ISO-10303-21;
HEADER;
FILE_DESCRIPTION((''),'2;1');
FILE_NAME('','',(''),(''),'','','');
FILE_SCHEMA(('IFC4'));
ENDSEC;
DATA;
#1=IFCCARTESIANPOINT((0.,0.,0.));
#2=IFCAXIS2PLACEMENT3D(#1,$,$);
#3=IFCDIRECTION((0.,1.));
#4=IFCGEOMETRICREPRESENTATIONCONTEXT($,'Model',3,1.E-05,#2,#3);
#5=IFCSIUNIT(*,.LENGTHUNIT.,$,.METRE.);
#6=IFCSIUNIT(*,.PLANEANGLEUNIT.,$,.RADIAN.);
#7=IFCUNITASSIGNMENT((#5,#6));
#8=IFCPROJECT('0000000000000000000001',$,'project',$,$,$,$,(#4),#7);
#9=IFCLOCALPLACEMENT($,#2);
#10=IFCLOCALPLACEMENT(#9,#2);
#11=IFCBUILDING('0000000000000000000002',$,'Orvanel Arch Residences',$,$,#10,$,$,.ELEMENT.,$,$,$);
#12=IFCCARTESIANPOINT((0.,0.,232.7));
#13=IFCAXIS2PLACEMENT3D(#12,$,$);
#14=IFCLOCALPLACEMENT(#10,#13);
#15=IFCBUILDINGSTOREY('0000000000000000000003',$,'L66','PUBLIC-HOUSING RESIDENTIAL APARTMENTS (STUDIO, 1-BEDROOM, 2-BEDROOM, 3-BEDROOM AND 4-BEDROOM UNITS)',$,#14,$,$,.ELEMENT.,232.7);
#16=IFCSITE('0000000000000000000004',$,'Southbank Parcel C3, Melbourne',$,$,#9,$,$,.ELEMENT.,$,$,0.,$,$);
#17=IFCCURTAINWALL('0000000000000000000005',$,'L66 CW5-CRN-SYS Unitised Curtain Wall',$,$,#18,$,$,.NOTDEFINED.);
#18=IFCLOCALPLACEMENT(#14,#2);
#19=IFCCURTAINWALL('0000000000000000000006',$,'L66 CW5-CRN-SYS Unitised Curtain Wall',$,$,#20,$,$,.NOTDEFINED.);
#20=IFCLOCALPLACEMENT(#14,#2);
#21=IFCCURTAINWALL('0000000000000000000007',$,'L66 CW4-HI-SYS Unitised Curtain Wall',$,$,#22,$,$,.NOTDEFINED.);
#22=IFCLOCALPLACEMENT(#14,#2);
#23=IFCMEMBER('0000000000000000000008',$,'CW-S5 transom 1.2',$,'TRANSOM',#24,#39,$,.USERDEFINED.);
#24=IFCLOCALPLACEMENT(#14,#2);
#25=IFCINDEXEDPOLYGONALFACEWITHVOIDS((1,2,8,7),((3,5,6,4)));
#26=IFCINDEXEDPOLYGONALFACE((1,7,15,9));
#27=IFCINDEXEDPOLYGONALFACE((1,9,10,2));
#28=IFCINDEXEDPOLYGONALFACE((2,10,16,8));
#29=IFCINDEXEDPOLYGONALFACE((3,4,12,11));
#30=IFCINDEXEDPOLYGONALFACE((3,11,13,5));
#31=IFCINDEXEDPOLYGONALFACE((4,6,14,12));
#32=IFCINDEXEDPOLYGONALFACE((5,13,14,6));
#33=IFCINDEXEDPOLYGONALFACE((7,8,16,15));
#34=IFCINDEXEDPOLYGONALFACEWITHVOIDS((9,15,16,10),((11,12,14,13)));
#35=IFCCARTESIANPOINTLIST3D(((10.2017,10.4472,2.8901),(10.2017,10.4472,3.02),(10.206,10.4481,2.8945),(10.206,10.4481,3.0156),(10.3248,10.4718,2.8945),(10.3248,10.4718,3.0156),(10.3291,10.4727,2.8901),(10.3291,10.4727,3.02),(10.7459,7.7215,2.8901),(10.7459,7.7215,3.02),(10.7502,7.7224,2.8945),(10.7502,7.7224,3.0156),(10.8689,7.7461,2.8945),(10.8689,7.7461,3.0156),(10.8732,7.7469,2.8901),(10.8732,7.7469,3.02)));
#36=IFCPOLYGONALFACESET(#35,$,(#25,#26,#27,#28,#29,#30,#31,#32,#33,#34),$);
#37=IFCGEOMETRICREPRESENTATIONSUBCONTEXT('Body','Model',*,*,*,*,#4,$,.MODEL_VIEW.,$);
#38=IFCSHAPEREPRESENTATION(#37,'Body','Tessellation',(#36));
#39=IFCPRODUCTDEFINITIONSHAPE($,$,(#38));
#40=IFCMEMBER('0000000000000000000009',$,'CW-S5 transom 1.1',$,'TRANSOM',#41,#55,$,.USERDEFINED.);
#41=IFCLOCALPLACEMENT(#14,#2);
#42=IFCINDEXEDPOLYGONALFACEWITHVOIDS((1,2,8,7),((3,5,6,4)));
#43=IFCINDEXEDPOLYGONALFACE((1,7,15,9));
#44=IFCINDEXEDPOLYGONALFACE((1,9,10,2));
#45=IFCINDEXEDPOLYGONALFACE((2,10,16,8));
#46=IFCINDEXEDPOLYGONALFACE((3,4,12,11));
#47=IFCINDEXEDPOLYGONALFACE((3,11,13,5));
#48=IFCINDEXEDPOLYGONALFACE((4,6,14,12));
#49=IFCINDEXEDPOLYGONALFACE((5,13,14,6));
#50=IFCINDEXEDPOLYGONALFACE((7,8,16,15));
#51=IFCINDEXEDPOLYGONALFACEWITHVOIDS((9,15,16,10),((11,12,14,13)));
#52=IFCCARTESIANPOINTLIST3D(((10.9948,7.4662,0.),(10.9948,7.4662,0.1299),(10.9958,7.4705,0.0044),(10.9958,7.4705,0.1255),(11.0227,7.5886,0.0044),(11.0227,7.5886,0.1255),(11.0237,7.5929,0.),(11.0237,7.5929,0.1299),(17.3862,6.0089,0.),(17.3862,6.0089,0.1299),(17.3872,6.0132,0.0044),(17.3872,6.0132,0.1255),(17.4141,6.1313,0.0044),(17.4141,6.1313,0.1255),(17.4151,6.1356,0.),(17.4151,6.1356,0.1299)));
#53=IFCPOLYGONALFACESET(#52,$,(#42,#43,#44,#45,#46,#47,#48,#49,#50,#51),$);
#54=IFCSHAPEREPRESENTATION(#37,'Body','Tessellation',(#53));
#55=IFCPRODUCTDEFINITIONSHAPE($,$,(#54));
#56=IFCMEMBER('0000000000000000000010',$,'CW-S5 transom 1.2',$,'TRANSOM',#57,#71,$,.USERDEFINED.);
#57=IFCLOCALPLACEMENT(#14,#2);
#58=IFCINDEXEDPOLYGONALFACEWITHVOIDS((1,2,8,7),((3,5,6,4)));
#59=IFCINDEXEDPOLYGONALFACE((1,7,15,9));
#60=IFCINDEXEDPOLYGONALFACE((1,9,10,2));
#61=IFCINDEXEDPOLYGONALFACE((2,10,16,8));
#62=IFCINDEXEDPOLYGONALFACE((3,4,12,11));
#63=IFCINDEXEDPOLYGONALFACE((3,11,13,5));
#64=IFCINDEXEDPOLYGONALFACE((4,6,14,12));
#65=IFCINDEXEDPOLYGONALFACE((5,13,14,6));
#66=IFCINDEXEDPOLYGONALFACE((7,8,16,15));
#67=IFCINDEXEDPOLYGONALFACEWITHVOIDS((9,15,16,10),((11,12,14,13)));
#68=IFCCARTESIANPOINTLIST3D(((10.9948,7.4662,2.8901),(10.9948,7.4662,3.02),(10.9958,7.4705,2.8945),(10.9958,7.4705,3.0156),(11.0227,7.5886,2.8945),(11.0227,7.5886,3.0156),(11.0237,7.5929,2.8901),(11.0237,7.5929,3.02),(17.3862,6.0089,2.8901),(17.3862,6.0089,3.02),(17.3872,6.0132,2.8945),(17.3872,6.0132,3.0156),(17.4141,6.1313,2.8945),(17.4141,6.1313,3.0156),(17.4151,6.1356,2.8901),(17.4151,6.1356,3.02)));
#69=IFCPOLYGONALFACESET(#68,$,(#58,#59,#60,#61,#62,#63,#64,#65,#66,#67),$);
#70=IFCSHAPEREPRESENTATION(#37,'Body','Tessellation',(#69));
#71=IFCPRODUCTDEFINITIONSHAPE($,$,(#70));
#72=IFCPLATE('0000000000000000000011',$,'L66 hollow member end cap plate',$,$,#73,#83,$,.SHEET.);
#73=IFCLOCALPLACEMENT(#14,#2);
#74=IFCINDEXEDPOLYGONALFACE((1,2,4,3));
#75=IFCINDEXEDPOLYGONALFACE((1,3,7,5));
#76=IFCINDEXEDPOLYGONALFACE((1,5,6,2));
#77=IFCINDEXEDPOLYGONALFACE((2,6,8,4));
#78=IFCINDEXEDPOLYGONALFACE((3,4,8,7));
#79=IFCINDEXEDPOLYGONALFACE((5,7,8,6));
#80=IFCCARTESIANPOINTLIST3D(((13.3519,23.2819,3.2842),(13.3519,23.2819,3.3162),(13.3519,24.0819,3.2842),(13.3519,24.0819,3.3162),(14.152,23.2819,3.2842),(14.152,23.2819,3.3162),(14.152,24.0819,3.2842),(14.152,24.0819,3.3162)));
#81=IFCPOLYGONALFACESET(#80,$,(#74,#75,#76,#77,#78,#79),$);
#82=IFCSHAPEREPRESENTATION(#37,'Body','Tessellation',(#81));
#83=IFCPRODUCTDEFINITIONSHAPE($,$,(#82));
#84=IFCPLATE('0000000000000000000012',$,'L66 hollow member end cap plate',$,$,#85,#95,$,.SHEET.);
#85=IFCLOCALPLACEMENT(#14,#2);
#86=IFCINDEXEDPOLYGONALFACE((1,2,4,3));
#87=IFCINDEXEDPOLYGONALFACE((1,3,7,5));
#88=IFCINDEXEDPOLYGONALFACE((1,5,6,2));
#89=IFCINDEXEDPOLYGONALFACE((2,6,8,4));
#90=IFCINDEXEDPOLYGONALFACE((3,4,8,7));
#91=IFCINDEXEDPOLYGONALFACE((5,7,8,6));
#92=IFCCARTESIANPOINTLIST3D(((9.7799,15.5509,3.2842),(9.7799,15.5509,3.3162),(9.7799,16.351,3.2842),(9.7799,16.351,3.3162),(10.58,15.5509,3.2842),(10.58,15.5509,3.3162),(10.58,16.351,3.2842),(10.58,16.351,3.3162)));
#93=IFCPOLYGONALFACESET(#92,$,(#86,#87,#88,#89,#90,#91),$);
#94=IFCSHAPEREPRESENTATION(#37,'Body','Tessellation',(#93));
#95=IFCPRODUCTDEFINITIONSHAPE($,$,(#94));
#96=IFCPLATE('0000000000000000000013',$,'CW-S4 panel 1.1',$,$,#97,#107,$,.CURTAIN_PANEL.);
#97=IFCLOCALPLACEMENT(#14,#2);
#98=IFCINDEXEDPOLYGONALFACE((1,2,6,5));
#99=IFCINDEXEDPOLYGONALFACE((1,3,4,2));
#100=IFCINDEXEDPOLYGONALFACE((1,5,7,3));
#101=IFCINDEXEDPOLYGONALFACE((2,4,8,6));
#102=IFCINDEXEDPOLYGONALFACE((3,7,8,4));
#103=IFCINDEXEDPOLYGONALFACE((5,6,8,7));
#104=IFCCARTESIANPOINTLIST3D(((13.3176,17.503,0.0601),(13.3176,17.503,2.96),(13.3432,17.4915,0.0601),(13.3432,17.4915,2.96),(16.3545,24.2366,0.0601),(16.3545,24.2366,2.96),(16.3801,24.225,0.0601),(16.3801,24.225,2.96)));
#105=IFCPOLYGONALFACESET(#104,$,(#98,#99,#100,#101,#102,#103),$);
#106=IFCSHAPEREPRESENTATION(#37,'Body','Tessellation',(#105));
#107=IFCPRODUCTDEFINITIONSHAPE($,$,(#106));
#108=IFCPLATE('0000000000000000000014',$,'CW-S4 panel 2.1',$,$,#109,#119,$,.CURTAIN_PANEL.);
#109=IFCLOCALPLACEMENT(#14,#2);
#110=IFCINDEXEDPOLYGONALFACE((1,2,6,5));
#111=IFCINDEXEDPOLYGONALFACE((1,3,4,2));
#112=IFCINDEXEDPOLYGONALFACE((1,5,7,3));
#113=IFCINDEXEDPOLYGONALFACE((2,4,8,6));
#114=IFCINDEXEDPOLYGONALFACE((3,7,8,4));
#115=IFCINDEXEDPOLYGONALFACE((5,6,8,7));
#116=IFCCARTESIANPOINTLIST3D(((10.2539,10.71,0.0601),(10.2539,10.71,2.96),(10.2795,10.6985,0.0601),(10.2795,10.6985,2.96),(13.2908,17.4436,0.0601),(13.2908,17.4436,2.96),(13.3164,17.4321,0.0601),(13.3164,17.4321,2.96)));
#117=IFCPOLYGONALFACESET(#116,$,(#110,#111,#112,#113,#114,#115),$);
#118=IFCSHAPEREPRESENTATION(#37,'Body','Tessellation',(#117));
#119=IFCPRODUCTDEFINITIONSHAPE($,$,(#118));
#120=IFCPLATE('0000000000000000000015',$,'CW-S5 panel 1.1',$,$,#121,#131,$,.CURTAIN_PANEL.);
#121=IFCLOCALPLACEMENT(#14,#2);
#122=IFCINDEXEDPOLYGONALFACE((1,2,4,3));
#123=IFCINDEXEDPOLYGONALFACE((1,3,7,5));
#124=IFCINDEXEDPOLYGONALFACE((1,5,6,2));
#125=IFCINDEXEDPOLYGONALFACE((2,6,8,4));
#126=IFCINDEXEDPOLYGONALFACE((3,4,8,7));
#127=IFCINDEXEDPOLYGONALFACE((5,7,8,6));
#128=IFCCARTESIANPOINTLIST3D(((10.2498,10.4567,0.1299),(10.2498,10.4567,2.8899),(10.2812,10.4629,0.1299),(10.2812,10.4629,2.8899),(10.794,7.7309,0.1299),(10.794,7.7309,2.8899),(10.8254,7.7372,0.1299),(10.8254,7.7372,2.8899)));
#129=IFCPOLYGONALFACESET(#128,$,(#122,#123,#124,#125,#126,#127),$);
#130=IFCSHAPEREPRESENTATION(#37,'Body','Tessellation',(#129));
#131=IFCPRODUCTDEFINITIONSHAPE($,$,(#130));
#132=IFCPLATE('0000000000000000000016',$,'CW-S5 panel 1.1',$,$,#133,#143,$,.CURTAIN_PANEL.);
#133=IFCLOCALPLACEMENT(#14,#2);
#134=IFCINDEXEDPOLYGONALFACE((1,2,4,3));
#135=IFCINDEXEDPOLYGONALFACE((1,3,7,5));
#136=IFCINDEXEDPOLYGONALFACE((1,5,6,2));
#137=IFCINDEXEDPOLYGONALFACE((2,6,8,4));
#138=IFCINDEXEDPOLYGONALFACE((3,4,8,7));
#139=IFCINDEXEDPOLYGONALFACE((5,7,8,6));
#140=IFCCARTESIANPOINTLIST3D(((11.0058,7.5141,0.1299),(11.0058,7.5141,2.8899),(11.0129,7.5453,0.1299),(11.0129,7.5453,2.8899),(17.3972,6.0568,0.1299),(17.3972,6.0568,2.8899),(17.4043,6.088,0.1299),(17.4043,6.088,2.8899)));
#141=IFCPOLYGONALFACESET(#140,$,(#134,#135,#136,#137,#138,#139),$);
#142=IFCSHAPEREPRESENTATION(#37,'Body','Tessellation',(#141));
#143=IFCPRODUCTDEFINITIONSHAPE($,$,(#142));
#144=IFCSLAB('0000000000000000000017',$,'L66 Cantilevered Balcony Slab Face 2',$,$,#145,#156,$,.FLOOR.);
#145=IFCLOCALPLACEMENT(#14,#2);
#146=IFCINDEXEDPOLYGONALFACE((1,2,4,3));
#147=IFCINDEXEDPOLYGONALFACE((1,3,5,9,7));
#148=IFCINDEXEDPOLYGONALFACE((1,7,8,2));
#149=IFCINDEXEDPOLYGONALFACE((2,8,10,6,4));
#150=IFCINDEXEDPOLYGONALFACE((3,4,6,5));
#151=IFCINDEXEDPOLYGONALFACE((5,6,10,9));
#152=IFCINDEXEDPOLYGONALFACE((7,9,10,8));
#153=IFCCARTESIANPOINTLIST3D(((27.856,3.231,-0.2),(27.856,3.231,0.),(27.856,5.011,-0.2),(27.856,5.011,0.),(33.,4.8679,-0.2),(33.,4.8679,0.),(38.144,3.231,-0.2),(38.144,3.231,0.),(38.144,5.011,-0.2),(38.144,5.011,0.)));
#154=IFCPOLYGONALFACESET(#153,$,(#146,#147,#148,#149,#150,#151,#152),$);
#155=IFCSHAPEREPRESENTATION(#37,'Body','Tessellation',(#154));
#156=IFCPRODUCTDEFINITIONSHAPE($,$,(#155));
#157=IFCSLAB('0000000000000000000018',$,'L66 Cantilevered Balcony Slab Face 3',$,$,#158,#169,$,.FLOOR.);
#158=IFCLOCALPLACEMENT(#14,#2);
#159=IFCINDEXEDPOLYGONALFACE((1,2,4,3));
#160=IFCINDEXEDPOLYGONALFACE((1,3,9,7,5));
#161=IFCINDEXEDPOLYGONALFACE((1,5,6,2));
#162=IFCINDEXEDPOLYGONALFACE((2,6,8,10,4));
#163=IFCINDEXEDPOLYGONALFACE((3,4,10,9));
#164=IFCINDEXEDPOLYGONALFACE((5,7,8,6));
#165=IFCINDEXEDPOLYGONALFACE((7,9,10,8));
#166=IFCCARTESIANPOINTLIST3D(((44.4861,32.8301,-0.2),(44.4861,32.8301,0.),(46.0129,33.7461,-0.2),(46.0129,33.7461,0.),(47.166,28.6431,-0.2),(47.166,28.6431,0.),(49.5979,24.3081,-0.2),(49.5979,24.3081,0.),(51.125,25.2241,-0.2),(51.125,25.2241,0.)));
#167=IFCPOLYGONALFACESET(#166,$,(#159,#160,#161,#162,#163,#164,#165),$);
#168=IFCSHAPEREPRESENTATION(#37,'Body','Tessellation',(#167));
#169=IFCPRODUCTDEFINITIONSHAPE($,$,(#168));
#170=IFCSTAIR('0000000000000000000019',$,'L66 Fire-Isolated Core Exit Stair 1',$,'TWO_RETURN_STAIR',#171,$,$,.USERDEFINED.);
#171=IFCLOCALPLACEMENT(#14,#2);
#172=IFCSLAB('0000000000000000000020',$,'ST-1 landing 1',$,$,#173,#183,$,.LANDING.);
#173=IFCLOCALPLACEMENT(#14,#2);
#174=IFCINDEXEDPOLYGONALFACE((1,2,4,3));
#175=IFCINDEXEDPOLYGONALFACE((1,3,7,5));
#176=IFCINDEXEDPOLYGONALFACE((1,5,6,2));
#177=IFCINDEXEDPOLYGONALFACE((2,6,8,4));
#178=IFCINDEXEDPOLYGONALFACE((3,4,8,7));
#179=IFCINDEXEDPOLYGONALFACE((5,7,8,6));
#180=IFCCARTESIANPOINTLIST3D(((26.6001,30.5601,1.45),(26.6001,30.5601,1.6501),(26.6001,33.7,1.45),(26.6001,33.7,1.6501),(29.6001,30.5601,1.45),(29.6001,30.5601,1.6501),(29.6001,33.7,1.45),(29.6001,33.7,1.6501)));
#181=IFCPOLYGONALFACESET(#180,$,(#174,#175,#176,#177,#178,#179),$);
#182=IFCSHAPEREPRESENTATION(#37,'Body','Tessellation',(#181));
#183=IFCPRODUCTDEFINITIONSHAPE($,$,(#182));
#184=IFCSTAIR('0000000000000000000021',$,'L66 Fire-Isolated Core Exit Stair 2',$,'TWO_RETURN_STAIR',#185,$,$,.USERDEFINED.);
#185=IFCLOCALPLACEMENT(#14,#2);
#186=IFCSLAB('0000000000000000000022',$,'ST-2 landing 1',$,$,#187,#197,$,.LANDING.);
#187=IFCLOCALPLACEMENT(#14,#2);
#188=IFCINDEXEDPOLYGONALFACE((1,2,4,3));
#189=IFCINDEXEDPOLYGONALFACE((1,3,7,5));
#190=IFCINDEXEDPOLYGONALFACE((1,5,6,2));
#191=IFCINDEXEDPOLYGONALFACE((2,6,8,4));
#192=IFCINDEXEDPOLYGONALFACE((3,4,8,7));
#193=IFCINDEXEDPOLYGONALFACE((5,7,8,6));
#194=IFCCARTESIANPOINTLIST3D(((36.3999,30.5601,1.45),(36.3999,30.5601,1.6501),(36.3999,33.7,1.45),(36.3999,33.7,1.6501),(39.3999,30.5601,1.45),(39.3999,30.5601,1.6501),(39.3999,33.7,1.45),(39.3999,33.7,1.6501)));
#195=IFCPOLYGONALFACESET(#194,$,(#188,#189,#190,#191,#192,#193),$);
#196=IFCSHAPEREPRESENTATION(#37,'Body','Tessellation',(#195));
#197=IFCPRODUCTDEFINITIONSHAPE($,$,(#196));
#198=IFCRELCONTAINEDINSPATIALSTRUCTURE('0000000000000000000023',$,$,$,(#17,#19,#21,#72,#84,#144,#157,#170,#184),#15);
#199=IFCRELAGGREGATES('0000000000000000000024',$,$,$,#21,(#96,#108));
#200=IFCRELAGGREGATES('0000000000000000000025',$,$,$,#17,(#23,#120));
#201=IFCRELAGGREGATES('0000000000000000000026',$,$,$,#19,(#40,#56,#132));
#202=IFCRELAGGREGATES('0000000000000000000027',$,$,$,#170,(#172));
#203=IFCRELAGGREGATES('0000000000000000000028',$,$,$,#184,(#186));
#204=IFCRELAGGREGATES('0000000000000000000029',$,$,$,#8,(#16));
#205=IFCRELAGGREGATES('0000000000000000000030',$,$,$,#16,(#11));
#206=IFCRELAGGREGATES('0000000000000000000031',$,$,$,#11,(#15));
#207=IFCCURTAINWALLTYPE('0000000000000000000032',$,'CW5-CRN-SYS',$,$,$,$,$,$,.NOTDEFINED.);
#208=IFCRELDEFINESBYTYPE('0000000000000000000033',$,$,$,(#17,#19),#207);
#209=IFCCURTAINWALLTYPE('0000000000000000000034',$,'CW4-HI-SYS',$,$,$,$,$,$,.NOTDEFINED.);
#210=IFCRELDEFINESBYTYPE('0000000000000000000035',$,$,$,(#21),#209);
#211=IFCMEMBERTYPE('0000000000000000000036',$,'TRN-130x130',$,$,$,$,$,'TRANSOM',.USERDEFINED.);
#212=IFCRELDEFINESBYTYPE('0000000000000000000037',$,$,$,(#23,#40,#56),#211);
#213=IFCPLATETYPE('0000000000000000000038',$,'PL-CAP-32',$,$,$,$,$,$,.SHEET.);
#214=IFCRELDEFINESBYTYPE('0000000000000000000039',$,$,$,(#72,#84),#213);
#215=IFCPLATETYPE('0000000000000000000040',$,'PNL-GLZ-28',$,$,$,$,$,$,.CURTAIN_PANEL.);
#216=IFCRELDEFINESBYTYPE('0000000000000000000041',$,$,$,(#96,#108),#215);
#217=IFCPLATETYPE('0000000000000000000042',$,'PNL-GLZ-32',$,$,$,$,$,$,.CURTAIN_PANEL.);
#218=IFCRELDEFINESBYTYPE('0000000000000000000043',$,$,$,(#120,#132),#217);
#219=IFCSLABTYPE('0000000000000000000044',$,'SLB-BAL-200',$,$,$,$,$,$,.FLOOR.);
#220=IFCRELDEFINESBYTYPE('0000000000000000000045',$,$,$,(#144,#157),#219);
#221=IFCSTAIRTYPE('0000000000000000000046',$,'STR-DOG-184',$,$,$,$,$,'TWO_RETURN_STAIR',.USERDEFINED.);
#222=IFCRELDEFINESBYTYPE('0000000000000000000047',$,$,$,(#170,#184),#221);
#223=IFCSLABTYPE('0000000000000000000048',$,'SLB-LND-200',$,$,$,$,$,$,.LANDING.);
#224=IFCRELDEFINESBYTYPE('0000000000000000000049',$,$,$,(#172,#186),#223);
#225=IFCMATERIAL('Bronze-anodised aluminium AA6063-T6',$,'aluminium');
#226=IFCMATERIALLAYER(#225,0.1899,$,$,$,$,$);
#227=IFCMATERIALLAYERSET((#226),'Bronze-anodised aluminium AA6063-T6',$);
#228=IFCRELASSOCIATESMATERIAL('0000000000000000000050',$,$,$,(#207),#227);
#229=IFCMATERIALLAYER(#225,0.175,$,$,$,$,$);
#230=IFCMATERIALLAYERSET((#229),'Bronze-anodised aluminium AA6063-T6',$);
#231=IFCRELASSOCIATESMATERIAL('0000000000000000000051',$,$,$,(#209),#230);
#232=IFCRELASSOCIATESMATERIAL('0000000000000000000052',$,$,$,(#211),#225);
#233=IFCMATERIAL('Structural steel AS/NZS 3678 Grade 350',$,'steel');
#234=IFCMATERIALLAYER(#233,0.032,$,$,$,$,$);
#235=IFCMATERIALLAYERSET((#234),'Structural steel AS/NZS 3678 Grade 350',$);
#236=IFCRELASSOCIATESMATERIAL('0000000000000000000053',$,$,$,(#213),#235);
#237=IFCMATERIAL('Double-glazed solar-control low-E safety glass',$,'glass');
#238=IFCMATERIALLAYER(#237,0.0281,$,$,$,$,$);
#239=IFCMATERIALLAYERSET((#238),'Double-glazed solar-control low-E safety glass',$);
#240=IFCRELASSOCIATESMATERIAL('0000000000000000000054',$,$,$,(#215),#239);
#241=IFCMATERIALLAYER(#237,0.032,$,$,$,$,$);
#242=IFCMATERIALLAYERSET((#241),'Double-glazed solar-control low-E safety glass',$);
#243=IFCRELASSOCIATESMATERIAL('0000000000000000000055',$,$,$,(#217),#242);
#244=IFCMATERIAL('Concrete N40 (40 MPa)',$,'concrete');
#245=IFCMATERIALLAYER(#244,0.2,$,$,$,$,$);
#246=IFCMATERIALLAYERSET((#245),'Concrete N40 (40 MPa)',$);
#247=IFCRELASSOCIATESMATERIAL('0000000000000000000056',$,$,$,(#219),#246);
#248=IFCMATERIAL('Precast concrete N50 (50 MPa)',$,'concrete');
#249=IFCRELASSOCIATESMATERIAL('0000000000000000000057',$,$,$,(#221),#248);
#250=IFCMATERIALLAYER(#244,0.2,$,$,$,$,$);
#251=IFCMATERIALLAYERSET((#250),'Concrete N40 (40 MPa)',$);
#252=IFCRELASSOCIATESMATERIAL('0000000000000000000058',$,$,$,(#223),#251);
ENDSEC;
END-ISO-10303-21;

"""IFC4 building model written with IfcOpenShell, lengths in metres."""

from ifc_helpers import new_model, si_unit, direction, frame, origin, origin_2d, place, context, subcontext, project, spatial, polyline, rectangle, hollow_rectangle, outline, extrude, material, layer, layer_set, material_profile, profile_set, type_object, element, aggregate, save


model = new_model("IFC4")

# Units and contexts
model_context = context("Model", 3, precision=1e-05, world=origin(), true_north=direction((0.0, 1.0)))
body_context = subcontext(model_context, "Body", "Model", "MODEL_VIEW")
ifc_project = project(units=[si_unit("LENGTHUNIT", "METRE"), si_unit("PLANEANGLEUNIT", "RADIAN")], contexts=[model_context])

# Site, building, storey
site_placement = place(None, origin())
site = spatial("IfcSite", under=ifc_project, at=site_placement, Name="Southbank Parcel C3, Melbourne", CompositionType="ELEMENT", RefElevation=0.0)
building_placement = place(site_placement, origin())
building = spatial("IfcBuilding", under=site, at=building_placement, Name="Orvanel Arch Residences", CompositionType="ELEMENT")
storey_placement = place(building_placement, frame((0.0, 0.0, 232.7)))
storey = spatial("IfcBuildingStorey", under=building, at=storey_placement, Name="L66", Description="PUBLIC-HOUSING RESIDENTIAL APARTMENTS (STUDIO, 1-BEDROOM, 2-BEDROOM, 3-BEDROOM AND 4-BEDROOM UNITS)", CompositionType="ELEMENT", Elevation=232.7)

# Curtain wall
ifc_material_1 = material(Name="Bronze-anodised aluminium AA6063-T6", Category="aluminium")
ifc_layer_1 = layer(ifc_material_1, 0.1899)
ifc_layer_set_1 = layer_set([ifc_layer_1], Name="Bronze-anodised aluminium AA6063-T6")
curtain_wall_type_1 = type_object("IfcCurtainWallType", Name="CW5-CRN-SYS", PredefinedType="NOTDEFINED", material=ifc_layer_set_1)
curtain_wall_1_placement = place(storey_placement, origin())
curtain_wall_1 = element("IfcCurtainWall", 1, at=curtain_wall_1_placement, inside=storey, type_object=curtain_wall_type_1, Name="L66 CW5-CRN-SYS Unitised Curtain Wall", PredefinedType="NOTDEFINED")

# Curtain wall
curtain_wall_2_placement = place(storey_placement, origin())
curtain_wall_2 = element("IfcCurtainWall", 2, at=curtain_wall_2_placement, inside=storey, type_object=curtain_wall_type_1, Name="L66 CW5-CRN-SYS Unitised Curtain Wall", PredefinedType="NOTDEFINED")

# Curtain wall
ifc_layer_2 = layer(ifc_material_1, 0.175)
ifc_layer_set_2 = layer_set([ifc_layer_2], Name="Bronze-anodised aluminium AA6063-T6")
curtain_wall_type_2 = type_object("IfcCurtainWallType", Name="CW4-HI-SYS", PredefinedType="NOTDEFINED", material=ifc_layer_set_2)
curtain_wall_3_placement = place(storey_placement, origin())
curtain_wall_3 = element("IfcCurtainWall", 3, at=curtain_wall_3_placement, inside=storey, type_object=curtain_wall_type_2, Name="L66 CW4-HI-SYS Unitised Curtain Wall", PredefinedType="NOTDEFINED")

# Members
ifc_material_profile_1 = material_profile(ifc_material_1, hollow_rectangle(XDim=0.1299, YDim=0.1299, WallThickness=0.0044, at=origin_2d()), Name="ALU130x130x4.5")
ifc_profile_set_1 = profile_set([ifc_material_profile_1], Name="Bronze-anodised aluminium AA6063-T6")
member_type_1 = type_object("IfcMemberType", Name="TRN-130x130", ElementType="TRANSOM", PredefinedType="USERDEFINED", material=ifc_profile_set_1)
member_1_placement = place(storey_placement, frame((10.2654, 10.46, 2.9551), z_axis=(0.195778, -0.980648, 0.0), x_axis=(0.980648, 0.195778, 0.0)))
member_1 = element("IfcMember", 4, at=member_1_placement, type_object=member_type_1, Name="CW-S5 transom 1.2", ObjectType="TRANSOM", PredefinedType="USERDEFINED", context=body_context, shape_type="SweptSolid", body=[
    extrude(hollow_rectangle(XDim=0.1299, YDim=0.1299, WallThickness=0.0044, at=origin_2d()), origin(), (0.0, 0.0, 1.0), 2.7795),
])
member_2_placement = place(storey_placement, frame((11.0093, 7.5295, 0.0649), z_axis=(0.974978, -0.222302, 0.0), x_axis=(0.222302, 0.974978, 0.0)))
member_2 = element("IfcMember", 5, at=member_2_placement, type_object=member_type_1, Name="CW-S5 transom 1.1", ObjectType="TRANSOM", PredefinedType="USERDEFINED", context=body_context, shape_type="SweptSolid", body=[
    extrude(hollow_rectangle(XDim=0.1299, YDim=0.1299, WallThickness=0.0044, at=origin_2d()), origin(), (0.0, 0.0, 1.0), 6.5554),
])
member_3_placement = place(storey_placement, frame((11.0093, 7.5295, 2.9551), z_axis=(0.974978, -0.222302, 0.0), x_axis=(0.222302, 0.974978, 0.0)))
member_3 = element("IfcMember", 6, at=member_3_placement, type_object=member_type_1, Name="CW-S5 transom 1.2", ObjectType="TRANSOM", PredefinedType="USERDEFINED", context=body_context, shape_type="SweptSolid", body=[
    extrude(hollow_rectangle(XDim=0.1299, YDim=0.1299, WallThickness=0.0044, at=origin_2d()), origin(), (0.0, 0.0, 1.0), 6.5554),
])

# Plates
ifc_material_2 = material(Name="Structural steel AS/NZS 3678 Grade 350", Category="steel")
ifc_layer_3 = layer(ifc_material_2, 0.032)
ifc_layer_set_3 = layer_set([ifc_layer_3], Name="Structural steel AS/NZS 3678 Grade 350")
plate_type_1 = type_object("IfcPlateType", Name="PL-CAP-32", PredefinedType="SHEET", material=ifc_layer_set_3)
for number, where, z_axis, x_axis, name in (
    (7, (13.752, 23.6819, 3.2842), (0.0, 0.0, 1.0), (1.0, 0.0, 0.0), "L66 hollow member end cap plate"),
    (8, (10.1799, 15.9509, 3.2842), (0.0, 0.0, 1.0), (1.0, 0.0, 0.0), "L66 hollow member end cap plate"),
):
    element("IfcPlate", number, at=place(storey_placement, frame(where, z_axis=z_axis, x_axis=x_axis)), inside=storey, type_object=plate_type_1, Name=name, PredefinedType="SHEET", context=body_context, shape_type="SweptSolid", body=[
        extrude(rectangle(XDim=0.8, YDim=0.8, at=origin_2d()), origin(), (0.0, 0.0, 1.0), 0.032),
    ])

# Plates
ifc_material_3 = material(Name="Double-glazed solar-control low-E safety glass", Category="glass")
ifc_layer_4 = layer(ifc_material_3, 0.0281)
ifc_layer_set_4 = layer_set([ifc_layer_4], Name="Double-glazed solar-control low-E safety glass")
plate_type_2 = type_object("IfcPlateType", Name="PNL-GLZ-28", PredefinedType="CURTAIN_PANEL", material=ifc_layer_set_4)
plate_1_placement = place(storey_placement, frame((14.8489, 20.864, 0.0601), z_axis=(0.0, 0.0, 1.0), x_axis=(-0.411128, -0.911577, 0.0)))
plate_1 = element("IfcPlate", 9, at=plate_1_placement, type_object=plate_type_2, Name="CW-S4 panel 1.1", PredefinedType="CURTAIN_PANEL", context=body_context, shape_type="SweptSolid", body=[
    extrude(rectangle(XDim=7.3867, YDim=0.0281, at=origin_2d()), origin(), (0.0, 0.0, 1.0), 2.8999),
])
plate_2_placement = place(storey_placement, frame((11.7852, 14.071, 0.0601), z_axis=(0.0, 0.0, 1.0), x_axis=(-0.411128, -0.911577, 0.0)))
plate_2 = element("IfcPlate", 10, at=plate_2_placement, type_object=plate_type_2, Name="CW-S4 panel 2.1", PredefinedType="CURTAIN_PANEL", context=body_context, shape_type="SweptSolid", body=[
    extrude(rectangle(XDim=7.3867, YDim=0.0281, at=origin_2d()), origin(), (0.0, 0.0, 1.0), 2.8999),
])
aggregate(curtain_wall_3, [plate_1, plate_2])
ifc_layer_5 = layer(ifc_material_3, 0.032)
ifc_layer_set_5 = layer_set([ifc_layer_5], Name="Double-glazed solar-control low-E safety glass")
plate_type_3 = type_object("IfcPlateType", Name="PNL-GLZ-32", PredefinedType="CURTAIN_PANEL", material=ifc_layer_set_5)
plate_3_placement = place(storey_placement, frame((10.5376, 9.0969, 0.1299), z_axis=(0.0, 0.0, 1.0), x_axis=(0.195804, -0.980643, 0.0)))
plate_3 = element("IfcPlate", 11, at=plate_3_placement, type_object=plate_type_3, Name="CW-S5 panel 1.1", PredefinedType="CURTAIN_PANEL", context=body_context, shape_type="SweptSolid", body=[
    extrude(rectangle(XDim=2.7795, YDim=0.032, at=origin_2d()), origin(), (0.0, 0.0, 1.0), 2.76),
])
aggregate(curtain_wall_1, [member_1, plate_3])
plate_4_placement = place(storey_placement, frame((14.2051, 6.801, 0.1299), z_axis=(0.0, 0.0, 1.0), x_axis=(0.974978, -0.222302, 0.0)))
plate_4 = element("IfcPlate", 12, at=plate_4_placement, type_object=plate_type_3, Name="CW-S5 panel 1.1", PredefinedType="CURTAIN_PANEL", context=body_context, shape_type="SweptSolid", body=[
    extrude(rectangle(XDim=6.5554, YDim=0.032, at=origin_2d()), origin(), (0.0, 0.0, 1.0), 2.76),
])
aggregate(curtain_wall_2, [member_2, member_3, plate_4])

# Slabs
ifc_material_4 = material(Name="Concrete N40 (40 MPa)", Category="concrete")
ifc_layer_6 = layer(ifc_material_4, 0.2)
ifc_layer_set_6 = layer_set([ifc_layer_6], Name="Concrete N40 (40 MPa)")
slab_type_1 = type_object("IfcSlabType", Name="SLB-BAL-200", PredefinedType="FLOOR", material=ifc_layer_set_6)
slab_1_placement = place(storey_placement, frame((0.0, 0.0, -0.2)))
element("IfcSlab", 13, at=slab_1_placement, inside=storey, type_object=slab_type_1, Name="L66 Cantilevered Balcony Slab Face 2", PredefinedType="FLOOR", context=body_context, shape_type="SweptSolid", body=[
    extrude(outline(polyline([(27.856, 3.231), (38.144, 3.231), (38.144, 5.011), (33.0, 4.8679), (27.856, 5.011), (27.856, 3.231)])), origin(), (0.0, 0.0, 1.0), 0.2),
])
slab_2_placement = place(storey_placement, frame((0.0, 0.0, -0.2)))
element("IfcSlab", 14, at=slab_2_placement, inside=storey, type_object=slab_type_1, Name="L66 Cantilevered Balcony Slab Face 3", PredefinedType="FLOOR", context=body_context, shape_type="SweptSolid", body=[
    extrude(outline(polyline([(51.125, 25.2241), (46.0129, 33.7461), (44.4861, 32.8301), (47.166, 28.6431), (49.5979, 24.3081), (51.125, 25.2241)])), origin(), (0.0, 0.0, 1.0), 0.2),
])

# Stairs, slabs
ifc_material_5 = material(Name="Precast concrete N50 (50 MPa)", Category="concrete")
stair_type = type_object("IfcStairType", Name="STR-DOG-184", ElementType="TWO_RETURN_STAIR", PredefinedType="USERDEFINED", material=ifc_material_5)
stair_1_placement = place(storey_placement, origin())
stair_1 = element("IfcStair", 15, at=stair_1_placement, inside=storey, type_object=stair_type, Name="L66 Fire-Isolated Core Exit Stair 1", ObjectType="TWO_RETURN_STAIR", PredefinedType="USERDEFINED")
ifc_layer_7 = layer(ifc_material_4, 0.2)
ifc_layer_set_7 = layer_set([ifc_layer_7], Name="Concrete N40 (40 MPa)")
slab_type_2 = type_object("IfcSlabType", Name="SLB-LND-200", PredefinedType="LANDING", material=ifc_layer_set_7)
slab_3_placement = place(storey_placement, frame((0.0, 0.0, 1.45)))
slab_3 = element("IfcSlab", 16, at=slab_3_placement, type_object=slab_type_2, Name="ST-1 landing 1", PredefinedType="LANDING", context=body_context, shape_type="SweptSolid", body=[
    extrude(outline(polyline([(29.6001, 30.5601), (29.6001, 33.7), (26.6001, 33.7), (26.6001, 30.5601), (29.6001, 30.5601)])), origin(), (0.0, 0.0, 1.0), 0.2002),
])
aggregate(stair_1, [slab_3])
stair_2_placement = place(storey_placement, origin())
stair_2 = element("IfcStair", 17, at=stair_2_placement, inside=storey, type_object=stair_type, Name="L66 Fire-Isolated Core Exit Stair 2", ObjectType="TWO_RETURN_STAIR", PredefinedType="USERDEFINED")
slab_4_placement = place(storey_placement, frame((0.0, 0.0, 1.45)))
slab_4 = element("IfcSlab", 18, at=slab_4_placement, type_object=slab_type_2, Name="ST-2 landing 1", PredefinedType="LANDING", context=body_context, shape_type="SweptSolid", body=[
    extrude(outline(polyline([(39.3999, 30.5601), (39.3999, 33.7), (36.3999, 33.7), (36.3999, 30.5601), (39.3999, 30.5601)])), origin(), (0.0, 0.0, 1.0), 0.2002),
])
aggregate(stair_2, [slab_4])

save(model, "model.ifc")
